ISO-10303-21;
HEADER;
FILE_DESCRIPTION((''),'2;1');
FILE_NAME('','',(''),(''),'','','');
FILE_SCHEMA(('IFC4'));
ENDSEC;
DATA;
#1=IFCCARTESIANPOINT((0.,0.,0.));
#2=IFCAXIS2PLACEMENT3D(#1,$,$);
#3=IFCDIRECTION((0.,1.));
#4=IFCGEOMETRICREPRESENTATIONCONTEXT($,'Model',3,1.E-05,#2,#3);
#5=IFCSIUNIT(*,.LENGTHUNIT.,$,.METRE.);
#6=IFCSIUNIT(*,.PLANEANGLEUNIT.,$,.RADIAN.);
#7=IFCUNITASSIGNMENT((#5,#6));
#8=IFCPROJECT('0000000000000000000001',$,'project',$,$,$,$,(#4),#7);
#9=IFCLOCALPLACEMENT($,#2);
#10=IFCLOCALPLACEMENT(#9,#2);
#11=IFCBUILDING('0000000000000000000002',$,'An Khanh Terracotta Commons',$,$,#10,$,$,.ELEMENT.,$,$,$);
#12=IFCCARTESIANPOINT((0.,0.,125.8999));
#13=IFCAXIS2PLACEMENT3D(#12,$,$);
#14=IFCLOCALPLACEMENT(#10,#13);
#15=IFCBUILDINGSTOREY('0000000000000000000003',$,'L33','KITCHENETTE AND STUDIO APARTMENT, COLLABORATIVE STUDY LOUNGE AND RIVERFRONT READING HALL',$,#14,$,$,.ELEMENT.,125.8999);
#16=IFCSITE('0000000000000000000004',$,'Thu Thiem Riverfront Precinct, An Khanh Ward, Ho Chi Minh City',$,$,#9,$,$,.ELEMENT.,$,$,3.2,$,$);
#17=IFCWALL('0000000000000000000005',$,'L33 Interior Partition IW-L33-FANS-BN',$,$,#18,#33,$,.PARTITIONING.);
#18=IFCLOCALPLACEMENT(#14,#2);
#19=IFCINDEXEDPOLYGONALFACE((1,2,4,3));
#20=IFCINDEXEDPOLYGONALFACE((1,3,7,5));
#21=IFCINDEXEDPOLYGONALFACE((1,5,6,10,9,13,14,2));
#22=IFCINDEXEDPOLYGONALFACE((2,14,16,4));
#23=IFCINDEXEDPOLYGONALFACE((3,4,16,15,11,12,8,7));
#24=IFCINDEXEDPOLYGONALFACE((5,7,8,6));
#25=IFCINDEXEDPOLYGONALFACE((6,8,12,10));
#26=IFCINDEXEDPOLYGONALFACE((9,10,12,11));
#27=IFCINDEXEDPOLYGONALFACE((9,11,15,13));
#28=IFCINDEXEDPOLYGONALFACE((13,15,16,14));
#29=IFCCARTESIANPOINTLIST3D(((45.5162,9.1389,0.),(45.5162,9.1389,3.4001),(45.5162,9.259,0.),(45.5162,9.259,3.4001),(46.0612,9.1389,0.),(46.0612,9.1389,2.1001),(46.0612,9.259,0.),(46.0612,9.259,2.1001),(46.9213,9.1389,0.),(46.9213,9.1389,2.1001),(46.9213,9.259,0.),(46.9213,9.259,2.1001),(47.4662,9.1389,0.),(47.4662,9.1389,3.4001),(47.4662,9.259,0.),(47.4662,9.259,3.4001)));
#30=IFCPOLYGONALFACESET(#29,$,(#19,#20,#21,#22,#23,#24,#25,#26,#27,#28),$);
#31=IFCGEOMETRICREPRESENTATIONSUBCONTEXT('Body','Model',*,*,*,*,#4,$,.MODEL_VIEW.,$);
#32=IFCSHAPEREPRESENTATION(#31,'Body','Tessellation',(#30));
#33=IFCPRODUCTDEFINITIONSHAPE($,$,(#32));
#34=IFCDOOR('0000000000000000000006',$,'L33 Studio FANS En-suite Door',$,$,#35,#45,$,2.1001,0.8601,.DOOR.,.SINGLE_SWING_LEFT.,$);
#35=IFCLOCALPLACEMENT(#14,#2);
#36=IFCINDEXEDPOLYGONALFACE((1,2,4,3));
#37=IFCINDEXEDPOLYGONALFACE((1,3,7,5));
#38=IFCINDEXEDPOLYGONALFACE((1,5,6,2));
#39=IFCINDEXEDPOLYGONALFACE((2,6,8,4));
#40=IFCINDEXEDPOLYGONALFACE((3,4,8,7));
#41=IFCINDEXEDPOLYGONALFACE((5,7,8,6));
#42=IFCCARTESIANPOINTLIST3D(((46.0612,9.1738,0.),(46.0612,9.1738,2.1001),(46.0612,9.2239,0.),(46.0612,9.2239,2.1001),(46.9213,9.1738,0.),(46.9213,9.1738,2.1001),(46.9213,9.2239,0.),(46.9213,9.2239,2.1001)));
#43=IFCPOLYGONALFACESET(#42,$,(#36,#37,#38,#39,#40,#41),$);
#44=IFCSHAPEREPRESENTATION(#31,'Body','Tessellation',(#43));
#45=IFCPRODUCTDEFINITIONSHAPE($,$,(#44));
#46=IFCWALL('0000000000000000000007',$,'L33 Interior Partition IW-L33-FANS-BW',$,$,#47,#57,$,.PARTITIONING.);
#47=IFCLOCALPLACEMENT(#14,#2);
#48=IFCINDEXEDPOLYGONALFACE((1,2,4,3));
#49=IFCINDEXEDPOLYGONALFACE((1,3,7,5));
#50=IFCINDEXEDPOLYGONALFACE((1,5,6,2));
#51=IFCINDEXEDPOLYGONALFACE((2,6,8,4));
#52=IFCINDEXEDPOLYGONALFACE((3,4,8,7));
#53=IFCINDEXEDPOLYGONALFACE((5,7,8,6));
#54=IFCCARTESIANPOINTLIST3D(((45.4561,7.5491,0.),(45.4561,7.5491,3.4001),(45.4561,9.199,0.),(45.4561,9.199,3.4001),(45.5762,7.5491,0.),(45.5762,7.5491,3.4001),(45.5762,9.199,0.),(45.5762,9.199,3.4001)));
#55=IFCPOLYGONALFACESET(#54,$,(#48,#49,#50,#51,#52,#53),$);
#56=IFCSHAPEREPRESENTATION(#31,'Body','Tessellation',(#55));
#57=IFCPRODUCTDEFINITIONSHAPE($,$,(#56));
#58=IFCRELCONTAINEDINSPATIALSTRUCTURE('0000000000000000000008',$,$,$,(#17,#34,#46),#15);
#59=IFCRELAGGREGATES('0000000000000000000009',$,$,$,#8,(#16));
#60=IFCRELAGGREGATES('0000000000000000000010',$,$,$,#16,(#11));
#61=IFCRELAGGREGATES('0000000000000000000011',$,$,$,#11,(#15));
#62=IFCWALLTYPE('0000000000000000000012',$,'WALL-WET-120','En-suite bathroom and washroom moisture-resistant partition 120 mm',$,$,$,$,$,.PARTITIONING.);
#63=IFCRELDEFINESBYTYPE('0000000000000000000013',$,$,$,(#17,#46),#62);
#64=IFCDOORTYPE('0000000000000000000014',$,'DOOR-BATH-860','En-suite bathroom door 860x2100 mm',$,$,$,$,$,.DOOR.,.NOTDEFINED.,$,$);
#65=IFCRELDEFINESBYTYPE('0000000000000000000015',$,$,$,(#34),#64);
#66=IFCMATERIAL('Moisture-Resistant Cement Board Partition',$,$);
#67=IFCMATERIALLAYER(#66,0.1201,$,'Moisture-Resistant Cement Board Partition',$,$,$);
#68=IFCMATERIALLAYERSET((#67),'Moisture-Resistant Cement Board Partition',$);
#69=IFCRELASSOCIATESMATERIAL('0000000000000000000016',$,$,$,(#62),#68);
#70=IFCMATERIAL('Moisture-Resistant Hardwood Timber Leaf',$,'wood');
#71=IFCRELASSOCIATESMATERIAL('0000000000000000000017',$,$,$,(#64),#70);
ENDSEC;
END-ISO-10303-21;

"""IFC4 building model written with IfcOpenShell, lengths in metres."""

from ifc_helpers import new_model, si_unit, direction, frame, frame_2d, origin, place, context, subcontext, project, spatial, rectangle, extrude, material, layer, layer_set, type_object, element, fill, save


model = new_model("IFC4")

# Units and contexts
model_context = context("Model", 3, precision=1e-05, world=origin(), true_north=direction((0.0, 1.0)))
body_context = subcontext(model_context, "Body", "Model", "MODEL_VIEW")
ifc_project = project(units=[si_unit("LENGTHUNIT", "METRE"), si_unit("PLANEANGLEUNIT", "RADIAN")], contexts=[model_context])

# Site, building, storey
site_placement = place(None, origin())
site = spatial("IfcSite", under=ifc_project, at=site_placement, Name="Thu Thiem Riverfront Precinct, An Khanh Ward, Ho Chi Minh City", CompositionType="ELEMENT", RefElevation=3.2)
building_placement = place(site_placement, origin())
building = spatial("IfcBuilding", under=site, at=building_placement, Name="An Khanh Terracotta Commons", CompositionType="ELEMENT")
storey_placement = place(building_placement, frame((0.0, 0.0, 125.8999)))
storey = spatial("IfcBuildingStorey", under=building, at=storey_placement, Name="L33", Description="KITCHENETTE AND STUDIO APARTMENT, COLLABORATIVE STUDY LOUNGE AND RIVERFRONT READING HALL", CompositionType="ELEMENT", Elevation=125.8999)

# Wall, opening, door
ifc_material_1 = material(Name="Moisture-Resistant Cement Board Partition")
ifc_layer_1 = layer(ifc_material_1, 0.1201, Name="Moisture-Resistant Cement Board Partition")
ifc_layer_set_1 = layer_set([ifc_layer_1], Name="Moisture-Resistant Cement Board Partition")
wall_type_1 = type_object("IfcWallType", Name="WALL-WET-120", Description="En-suite bathroom and washroom moisture-resistant partition 120 mm", PredefinedType="PARTITIONING", material=ifc_layer_set_1)
wall_1_placement = place(storey_placement, frame((45.5161, 9.199, 0.0), z_axis=(0.0, 0.0, 1.0), x_axis=(1.0, 0.0, 0.0)))
wall_1 = element("IfcWall", 1, at=wall_1_placement, inside=storey, type_object=wall_type_1, Name="L33 Interior Partition IW-L33-FANS-BN", PredefinedType="PARTITIONING", context=body_context, shape_type="SweptSolid", body=[
    extrude(rectangle(XDim=1.95, YDim=0.1201, at=frame_2d((0.9751, 0.0))), origin(), (0.0, 0.0, 1.0), 3.4001),
])
opening_1_placement = place(wall_1_placement, frame((0.5449, 0.0, 0.0)))
opening_1 = element("IfcOpeningElement", 2, at=opening_1_placement, cuts=wall_1, PredefinedType="OPENING", context=body_context, shape_type="SweptSolid", body=[
    extrude(rectangle(XDim=0.8601, YDim=2.1001, at=frame_2d((0.4302, 1.05))), frame((0.0, 0.0701, 0.0), z_axis=(0.0, -1.0, 0.0), x_axis=(1.0, 0.0, 0.0)), (0.0, 0.0, 1.0), 0.1401),
])
ifc_material_2 = material(Name="Moisture-Resistant Hardwood Timber Leaf", Category="wood")
door_type_1 = type_object("IfcDoorType", Name="DOOR-BATH-860", Description="En-suite bathroom door 860x2100 mm", OperationType="NOTDEFINED", PredefinedType="DOOR", material=ifc_material_2)
door_1_placement = place(opening_1_placement, origin())
door_1 = element("IfcDoor", 3, at=door_1_placement, inside=storey, type_object=door_type_1, Name="L33 Studio FANS En-suite Door", OperationType="SINGLE_SWING_LEFT", OverallHeight=2.1001, OverallWidth=0.8601, PredefinedType="DOOR", context=body_context, shape_type="SweptSolid", body=[
    extrude(rectangle(XDim=0.8601, YDim=2.1001, at=frame_2d((0.4302, 1.05))), frame((0.0, 0.0249, 0.0), z_axis=(0.0, -1.0, 0.0), x_axis=(1.0, 0.0, 0.0)), (0.0, 0.0, 1.0), 0.05),
])
fill(opening_1, door_1)

# Wall
wall_2_placement = place(storey_placement, frame((45.5161, 9.199, 0.0), z_axis=(0.0, 0.0, 1.0), x_axis=(0.0, -1.0, 0.0)))
element("IfcWall", 4, at=wall_2_placement, inside=storey, type_object=wall_type_1, Name="L33 Interior Partition IW-L33-FANS-BW", PredefinedType="PARTITIONING", context=body_context, shape_type="SweptSolid", body=[
    extrude(rectangle(XDim=1.6499, YDim=0.1201, at=frame_2d((0.825, 0.0))), origin(), (0.0, 0.0, 1.0), 3.4001),
])

save(model, "model.ifc")
